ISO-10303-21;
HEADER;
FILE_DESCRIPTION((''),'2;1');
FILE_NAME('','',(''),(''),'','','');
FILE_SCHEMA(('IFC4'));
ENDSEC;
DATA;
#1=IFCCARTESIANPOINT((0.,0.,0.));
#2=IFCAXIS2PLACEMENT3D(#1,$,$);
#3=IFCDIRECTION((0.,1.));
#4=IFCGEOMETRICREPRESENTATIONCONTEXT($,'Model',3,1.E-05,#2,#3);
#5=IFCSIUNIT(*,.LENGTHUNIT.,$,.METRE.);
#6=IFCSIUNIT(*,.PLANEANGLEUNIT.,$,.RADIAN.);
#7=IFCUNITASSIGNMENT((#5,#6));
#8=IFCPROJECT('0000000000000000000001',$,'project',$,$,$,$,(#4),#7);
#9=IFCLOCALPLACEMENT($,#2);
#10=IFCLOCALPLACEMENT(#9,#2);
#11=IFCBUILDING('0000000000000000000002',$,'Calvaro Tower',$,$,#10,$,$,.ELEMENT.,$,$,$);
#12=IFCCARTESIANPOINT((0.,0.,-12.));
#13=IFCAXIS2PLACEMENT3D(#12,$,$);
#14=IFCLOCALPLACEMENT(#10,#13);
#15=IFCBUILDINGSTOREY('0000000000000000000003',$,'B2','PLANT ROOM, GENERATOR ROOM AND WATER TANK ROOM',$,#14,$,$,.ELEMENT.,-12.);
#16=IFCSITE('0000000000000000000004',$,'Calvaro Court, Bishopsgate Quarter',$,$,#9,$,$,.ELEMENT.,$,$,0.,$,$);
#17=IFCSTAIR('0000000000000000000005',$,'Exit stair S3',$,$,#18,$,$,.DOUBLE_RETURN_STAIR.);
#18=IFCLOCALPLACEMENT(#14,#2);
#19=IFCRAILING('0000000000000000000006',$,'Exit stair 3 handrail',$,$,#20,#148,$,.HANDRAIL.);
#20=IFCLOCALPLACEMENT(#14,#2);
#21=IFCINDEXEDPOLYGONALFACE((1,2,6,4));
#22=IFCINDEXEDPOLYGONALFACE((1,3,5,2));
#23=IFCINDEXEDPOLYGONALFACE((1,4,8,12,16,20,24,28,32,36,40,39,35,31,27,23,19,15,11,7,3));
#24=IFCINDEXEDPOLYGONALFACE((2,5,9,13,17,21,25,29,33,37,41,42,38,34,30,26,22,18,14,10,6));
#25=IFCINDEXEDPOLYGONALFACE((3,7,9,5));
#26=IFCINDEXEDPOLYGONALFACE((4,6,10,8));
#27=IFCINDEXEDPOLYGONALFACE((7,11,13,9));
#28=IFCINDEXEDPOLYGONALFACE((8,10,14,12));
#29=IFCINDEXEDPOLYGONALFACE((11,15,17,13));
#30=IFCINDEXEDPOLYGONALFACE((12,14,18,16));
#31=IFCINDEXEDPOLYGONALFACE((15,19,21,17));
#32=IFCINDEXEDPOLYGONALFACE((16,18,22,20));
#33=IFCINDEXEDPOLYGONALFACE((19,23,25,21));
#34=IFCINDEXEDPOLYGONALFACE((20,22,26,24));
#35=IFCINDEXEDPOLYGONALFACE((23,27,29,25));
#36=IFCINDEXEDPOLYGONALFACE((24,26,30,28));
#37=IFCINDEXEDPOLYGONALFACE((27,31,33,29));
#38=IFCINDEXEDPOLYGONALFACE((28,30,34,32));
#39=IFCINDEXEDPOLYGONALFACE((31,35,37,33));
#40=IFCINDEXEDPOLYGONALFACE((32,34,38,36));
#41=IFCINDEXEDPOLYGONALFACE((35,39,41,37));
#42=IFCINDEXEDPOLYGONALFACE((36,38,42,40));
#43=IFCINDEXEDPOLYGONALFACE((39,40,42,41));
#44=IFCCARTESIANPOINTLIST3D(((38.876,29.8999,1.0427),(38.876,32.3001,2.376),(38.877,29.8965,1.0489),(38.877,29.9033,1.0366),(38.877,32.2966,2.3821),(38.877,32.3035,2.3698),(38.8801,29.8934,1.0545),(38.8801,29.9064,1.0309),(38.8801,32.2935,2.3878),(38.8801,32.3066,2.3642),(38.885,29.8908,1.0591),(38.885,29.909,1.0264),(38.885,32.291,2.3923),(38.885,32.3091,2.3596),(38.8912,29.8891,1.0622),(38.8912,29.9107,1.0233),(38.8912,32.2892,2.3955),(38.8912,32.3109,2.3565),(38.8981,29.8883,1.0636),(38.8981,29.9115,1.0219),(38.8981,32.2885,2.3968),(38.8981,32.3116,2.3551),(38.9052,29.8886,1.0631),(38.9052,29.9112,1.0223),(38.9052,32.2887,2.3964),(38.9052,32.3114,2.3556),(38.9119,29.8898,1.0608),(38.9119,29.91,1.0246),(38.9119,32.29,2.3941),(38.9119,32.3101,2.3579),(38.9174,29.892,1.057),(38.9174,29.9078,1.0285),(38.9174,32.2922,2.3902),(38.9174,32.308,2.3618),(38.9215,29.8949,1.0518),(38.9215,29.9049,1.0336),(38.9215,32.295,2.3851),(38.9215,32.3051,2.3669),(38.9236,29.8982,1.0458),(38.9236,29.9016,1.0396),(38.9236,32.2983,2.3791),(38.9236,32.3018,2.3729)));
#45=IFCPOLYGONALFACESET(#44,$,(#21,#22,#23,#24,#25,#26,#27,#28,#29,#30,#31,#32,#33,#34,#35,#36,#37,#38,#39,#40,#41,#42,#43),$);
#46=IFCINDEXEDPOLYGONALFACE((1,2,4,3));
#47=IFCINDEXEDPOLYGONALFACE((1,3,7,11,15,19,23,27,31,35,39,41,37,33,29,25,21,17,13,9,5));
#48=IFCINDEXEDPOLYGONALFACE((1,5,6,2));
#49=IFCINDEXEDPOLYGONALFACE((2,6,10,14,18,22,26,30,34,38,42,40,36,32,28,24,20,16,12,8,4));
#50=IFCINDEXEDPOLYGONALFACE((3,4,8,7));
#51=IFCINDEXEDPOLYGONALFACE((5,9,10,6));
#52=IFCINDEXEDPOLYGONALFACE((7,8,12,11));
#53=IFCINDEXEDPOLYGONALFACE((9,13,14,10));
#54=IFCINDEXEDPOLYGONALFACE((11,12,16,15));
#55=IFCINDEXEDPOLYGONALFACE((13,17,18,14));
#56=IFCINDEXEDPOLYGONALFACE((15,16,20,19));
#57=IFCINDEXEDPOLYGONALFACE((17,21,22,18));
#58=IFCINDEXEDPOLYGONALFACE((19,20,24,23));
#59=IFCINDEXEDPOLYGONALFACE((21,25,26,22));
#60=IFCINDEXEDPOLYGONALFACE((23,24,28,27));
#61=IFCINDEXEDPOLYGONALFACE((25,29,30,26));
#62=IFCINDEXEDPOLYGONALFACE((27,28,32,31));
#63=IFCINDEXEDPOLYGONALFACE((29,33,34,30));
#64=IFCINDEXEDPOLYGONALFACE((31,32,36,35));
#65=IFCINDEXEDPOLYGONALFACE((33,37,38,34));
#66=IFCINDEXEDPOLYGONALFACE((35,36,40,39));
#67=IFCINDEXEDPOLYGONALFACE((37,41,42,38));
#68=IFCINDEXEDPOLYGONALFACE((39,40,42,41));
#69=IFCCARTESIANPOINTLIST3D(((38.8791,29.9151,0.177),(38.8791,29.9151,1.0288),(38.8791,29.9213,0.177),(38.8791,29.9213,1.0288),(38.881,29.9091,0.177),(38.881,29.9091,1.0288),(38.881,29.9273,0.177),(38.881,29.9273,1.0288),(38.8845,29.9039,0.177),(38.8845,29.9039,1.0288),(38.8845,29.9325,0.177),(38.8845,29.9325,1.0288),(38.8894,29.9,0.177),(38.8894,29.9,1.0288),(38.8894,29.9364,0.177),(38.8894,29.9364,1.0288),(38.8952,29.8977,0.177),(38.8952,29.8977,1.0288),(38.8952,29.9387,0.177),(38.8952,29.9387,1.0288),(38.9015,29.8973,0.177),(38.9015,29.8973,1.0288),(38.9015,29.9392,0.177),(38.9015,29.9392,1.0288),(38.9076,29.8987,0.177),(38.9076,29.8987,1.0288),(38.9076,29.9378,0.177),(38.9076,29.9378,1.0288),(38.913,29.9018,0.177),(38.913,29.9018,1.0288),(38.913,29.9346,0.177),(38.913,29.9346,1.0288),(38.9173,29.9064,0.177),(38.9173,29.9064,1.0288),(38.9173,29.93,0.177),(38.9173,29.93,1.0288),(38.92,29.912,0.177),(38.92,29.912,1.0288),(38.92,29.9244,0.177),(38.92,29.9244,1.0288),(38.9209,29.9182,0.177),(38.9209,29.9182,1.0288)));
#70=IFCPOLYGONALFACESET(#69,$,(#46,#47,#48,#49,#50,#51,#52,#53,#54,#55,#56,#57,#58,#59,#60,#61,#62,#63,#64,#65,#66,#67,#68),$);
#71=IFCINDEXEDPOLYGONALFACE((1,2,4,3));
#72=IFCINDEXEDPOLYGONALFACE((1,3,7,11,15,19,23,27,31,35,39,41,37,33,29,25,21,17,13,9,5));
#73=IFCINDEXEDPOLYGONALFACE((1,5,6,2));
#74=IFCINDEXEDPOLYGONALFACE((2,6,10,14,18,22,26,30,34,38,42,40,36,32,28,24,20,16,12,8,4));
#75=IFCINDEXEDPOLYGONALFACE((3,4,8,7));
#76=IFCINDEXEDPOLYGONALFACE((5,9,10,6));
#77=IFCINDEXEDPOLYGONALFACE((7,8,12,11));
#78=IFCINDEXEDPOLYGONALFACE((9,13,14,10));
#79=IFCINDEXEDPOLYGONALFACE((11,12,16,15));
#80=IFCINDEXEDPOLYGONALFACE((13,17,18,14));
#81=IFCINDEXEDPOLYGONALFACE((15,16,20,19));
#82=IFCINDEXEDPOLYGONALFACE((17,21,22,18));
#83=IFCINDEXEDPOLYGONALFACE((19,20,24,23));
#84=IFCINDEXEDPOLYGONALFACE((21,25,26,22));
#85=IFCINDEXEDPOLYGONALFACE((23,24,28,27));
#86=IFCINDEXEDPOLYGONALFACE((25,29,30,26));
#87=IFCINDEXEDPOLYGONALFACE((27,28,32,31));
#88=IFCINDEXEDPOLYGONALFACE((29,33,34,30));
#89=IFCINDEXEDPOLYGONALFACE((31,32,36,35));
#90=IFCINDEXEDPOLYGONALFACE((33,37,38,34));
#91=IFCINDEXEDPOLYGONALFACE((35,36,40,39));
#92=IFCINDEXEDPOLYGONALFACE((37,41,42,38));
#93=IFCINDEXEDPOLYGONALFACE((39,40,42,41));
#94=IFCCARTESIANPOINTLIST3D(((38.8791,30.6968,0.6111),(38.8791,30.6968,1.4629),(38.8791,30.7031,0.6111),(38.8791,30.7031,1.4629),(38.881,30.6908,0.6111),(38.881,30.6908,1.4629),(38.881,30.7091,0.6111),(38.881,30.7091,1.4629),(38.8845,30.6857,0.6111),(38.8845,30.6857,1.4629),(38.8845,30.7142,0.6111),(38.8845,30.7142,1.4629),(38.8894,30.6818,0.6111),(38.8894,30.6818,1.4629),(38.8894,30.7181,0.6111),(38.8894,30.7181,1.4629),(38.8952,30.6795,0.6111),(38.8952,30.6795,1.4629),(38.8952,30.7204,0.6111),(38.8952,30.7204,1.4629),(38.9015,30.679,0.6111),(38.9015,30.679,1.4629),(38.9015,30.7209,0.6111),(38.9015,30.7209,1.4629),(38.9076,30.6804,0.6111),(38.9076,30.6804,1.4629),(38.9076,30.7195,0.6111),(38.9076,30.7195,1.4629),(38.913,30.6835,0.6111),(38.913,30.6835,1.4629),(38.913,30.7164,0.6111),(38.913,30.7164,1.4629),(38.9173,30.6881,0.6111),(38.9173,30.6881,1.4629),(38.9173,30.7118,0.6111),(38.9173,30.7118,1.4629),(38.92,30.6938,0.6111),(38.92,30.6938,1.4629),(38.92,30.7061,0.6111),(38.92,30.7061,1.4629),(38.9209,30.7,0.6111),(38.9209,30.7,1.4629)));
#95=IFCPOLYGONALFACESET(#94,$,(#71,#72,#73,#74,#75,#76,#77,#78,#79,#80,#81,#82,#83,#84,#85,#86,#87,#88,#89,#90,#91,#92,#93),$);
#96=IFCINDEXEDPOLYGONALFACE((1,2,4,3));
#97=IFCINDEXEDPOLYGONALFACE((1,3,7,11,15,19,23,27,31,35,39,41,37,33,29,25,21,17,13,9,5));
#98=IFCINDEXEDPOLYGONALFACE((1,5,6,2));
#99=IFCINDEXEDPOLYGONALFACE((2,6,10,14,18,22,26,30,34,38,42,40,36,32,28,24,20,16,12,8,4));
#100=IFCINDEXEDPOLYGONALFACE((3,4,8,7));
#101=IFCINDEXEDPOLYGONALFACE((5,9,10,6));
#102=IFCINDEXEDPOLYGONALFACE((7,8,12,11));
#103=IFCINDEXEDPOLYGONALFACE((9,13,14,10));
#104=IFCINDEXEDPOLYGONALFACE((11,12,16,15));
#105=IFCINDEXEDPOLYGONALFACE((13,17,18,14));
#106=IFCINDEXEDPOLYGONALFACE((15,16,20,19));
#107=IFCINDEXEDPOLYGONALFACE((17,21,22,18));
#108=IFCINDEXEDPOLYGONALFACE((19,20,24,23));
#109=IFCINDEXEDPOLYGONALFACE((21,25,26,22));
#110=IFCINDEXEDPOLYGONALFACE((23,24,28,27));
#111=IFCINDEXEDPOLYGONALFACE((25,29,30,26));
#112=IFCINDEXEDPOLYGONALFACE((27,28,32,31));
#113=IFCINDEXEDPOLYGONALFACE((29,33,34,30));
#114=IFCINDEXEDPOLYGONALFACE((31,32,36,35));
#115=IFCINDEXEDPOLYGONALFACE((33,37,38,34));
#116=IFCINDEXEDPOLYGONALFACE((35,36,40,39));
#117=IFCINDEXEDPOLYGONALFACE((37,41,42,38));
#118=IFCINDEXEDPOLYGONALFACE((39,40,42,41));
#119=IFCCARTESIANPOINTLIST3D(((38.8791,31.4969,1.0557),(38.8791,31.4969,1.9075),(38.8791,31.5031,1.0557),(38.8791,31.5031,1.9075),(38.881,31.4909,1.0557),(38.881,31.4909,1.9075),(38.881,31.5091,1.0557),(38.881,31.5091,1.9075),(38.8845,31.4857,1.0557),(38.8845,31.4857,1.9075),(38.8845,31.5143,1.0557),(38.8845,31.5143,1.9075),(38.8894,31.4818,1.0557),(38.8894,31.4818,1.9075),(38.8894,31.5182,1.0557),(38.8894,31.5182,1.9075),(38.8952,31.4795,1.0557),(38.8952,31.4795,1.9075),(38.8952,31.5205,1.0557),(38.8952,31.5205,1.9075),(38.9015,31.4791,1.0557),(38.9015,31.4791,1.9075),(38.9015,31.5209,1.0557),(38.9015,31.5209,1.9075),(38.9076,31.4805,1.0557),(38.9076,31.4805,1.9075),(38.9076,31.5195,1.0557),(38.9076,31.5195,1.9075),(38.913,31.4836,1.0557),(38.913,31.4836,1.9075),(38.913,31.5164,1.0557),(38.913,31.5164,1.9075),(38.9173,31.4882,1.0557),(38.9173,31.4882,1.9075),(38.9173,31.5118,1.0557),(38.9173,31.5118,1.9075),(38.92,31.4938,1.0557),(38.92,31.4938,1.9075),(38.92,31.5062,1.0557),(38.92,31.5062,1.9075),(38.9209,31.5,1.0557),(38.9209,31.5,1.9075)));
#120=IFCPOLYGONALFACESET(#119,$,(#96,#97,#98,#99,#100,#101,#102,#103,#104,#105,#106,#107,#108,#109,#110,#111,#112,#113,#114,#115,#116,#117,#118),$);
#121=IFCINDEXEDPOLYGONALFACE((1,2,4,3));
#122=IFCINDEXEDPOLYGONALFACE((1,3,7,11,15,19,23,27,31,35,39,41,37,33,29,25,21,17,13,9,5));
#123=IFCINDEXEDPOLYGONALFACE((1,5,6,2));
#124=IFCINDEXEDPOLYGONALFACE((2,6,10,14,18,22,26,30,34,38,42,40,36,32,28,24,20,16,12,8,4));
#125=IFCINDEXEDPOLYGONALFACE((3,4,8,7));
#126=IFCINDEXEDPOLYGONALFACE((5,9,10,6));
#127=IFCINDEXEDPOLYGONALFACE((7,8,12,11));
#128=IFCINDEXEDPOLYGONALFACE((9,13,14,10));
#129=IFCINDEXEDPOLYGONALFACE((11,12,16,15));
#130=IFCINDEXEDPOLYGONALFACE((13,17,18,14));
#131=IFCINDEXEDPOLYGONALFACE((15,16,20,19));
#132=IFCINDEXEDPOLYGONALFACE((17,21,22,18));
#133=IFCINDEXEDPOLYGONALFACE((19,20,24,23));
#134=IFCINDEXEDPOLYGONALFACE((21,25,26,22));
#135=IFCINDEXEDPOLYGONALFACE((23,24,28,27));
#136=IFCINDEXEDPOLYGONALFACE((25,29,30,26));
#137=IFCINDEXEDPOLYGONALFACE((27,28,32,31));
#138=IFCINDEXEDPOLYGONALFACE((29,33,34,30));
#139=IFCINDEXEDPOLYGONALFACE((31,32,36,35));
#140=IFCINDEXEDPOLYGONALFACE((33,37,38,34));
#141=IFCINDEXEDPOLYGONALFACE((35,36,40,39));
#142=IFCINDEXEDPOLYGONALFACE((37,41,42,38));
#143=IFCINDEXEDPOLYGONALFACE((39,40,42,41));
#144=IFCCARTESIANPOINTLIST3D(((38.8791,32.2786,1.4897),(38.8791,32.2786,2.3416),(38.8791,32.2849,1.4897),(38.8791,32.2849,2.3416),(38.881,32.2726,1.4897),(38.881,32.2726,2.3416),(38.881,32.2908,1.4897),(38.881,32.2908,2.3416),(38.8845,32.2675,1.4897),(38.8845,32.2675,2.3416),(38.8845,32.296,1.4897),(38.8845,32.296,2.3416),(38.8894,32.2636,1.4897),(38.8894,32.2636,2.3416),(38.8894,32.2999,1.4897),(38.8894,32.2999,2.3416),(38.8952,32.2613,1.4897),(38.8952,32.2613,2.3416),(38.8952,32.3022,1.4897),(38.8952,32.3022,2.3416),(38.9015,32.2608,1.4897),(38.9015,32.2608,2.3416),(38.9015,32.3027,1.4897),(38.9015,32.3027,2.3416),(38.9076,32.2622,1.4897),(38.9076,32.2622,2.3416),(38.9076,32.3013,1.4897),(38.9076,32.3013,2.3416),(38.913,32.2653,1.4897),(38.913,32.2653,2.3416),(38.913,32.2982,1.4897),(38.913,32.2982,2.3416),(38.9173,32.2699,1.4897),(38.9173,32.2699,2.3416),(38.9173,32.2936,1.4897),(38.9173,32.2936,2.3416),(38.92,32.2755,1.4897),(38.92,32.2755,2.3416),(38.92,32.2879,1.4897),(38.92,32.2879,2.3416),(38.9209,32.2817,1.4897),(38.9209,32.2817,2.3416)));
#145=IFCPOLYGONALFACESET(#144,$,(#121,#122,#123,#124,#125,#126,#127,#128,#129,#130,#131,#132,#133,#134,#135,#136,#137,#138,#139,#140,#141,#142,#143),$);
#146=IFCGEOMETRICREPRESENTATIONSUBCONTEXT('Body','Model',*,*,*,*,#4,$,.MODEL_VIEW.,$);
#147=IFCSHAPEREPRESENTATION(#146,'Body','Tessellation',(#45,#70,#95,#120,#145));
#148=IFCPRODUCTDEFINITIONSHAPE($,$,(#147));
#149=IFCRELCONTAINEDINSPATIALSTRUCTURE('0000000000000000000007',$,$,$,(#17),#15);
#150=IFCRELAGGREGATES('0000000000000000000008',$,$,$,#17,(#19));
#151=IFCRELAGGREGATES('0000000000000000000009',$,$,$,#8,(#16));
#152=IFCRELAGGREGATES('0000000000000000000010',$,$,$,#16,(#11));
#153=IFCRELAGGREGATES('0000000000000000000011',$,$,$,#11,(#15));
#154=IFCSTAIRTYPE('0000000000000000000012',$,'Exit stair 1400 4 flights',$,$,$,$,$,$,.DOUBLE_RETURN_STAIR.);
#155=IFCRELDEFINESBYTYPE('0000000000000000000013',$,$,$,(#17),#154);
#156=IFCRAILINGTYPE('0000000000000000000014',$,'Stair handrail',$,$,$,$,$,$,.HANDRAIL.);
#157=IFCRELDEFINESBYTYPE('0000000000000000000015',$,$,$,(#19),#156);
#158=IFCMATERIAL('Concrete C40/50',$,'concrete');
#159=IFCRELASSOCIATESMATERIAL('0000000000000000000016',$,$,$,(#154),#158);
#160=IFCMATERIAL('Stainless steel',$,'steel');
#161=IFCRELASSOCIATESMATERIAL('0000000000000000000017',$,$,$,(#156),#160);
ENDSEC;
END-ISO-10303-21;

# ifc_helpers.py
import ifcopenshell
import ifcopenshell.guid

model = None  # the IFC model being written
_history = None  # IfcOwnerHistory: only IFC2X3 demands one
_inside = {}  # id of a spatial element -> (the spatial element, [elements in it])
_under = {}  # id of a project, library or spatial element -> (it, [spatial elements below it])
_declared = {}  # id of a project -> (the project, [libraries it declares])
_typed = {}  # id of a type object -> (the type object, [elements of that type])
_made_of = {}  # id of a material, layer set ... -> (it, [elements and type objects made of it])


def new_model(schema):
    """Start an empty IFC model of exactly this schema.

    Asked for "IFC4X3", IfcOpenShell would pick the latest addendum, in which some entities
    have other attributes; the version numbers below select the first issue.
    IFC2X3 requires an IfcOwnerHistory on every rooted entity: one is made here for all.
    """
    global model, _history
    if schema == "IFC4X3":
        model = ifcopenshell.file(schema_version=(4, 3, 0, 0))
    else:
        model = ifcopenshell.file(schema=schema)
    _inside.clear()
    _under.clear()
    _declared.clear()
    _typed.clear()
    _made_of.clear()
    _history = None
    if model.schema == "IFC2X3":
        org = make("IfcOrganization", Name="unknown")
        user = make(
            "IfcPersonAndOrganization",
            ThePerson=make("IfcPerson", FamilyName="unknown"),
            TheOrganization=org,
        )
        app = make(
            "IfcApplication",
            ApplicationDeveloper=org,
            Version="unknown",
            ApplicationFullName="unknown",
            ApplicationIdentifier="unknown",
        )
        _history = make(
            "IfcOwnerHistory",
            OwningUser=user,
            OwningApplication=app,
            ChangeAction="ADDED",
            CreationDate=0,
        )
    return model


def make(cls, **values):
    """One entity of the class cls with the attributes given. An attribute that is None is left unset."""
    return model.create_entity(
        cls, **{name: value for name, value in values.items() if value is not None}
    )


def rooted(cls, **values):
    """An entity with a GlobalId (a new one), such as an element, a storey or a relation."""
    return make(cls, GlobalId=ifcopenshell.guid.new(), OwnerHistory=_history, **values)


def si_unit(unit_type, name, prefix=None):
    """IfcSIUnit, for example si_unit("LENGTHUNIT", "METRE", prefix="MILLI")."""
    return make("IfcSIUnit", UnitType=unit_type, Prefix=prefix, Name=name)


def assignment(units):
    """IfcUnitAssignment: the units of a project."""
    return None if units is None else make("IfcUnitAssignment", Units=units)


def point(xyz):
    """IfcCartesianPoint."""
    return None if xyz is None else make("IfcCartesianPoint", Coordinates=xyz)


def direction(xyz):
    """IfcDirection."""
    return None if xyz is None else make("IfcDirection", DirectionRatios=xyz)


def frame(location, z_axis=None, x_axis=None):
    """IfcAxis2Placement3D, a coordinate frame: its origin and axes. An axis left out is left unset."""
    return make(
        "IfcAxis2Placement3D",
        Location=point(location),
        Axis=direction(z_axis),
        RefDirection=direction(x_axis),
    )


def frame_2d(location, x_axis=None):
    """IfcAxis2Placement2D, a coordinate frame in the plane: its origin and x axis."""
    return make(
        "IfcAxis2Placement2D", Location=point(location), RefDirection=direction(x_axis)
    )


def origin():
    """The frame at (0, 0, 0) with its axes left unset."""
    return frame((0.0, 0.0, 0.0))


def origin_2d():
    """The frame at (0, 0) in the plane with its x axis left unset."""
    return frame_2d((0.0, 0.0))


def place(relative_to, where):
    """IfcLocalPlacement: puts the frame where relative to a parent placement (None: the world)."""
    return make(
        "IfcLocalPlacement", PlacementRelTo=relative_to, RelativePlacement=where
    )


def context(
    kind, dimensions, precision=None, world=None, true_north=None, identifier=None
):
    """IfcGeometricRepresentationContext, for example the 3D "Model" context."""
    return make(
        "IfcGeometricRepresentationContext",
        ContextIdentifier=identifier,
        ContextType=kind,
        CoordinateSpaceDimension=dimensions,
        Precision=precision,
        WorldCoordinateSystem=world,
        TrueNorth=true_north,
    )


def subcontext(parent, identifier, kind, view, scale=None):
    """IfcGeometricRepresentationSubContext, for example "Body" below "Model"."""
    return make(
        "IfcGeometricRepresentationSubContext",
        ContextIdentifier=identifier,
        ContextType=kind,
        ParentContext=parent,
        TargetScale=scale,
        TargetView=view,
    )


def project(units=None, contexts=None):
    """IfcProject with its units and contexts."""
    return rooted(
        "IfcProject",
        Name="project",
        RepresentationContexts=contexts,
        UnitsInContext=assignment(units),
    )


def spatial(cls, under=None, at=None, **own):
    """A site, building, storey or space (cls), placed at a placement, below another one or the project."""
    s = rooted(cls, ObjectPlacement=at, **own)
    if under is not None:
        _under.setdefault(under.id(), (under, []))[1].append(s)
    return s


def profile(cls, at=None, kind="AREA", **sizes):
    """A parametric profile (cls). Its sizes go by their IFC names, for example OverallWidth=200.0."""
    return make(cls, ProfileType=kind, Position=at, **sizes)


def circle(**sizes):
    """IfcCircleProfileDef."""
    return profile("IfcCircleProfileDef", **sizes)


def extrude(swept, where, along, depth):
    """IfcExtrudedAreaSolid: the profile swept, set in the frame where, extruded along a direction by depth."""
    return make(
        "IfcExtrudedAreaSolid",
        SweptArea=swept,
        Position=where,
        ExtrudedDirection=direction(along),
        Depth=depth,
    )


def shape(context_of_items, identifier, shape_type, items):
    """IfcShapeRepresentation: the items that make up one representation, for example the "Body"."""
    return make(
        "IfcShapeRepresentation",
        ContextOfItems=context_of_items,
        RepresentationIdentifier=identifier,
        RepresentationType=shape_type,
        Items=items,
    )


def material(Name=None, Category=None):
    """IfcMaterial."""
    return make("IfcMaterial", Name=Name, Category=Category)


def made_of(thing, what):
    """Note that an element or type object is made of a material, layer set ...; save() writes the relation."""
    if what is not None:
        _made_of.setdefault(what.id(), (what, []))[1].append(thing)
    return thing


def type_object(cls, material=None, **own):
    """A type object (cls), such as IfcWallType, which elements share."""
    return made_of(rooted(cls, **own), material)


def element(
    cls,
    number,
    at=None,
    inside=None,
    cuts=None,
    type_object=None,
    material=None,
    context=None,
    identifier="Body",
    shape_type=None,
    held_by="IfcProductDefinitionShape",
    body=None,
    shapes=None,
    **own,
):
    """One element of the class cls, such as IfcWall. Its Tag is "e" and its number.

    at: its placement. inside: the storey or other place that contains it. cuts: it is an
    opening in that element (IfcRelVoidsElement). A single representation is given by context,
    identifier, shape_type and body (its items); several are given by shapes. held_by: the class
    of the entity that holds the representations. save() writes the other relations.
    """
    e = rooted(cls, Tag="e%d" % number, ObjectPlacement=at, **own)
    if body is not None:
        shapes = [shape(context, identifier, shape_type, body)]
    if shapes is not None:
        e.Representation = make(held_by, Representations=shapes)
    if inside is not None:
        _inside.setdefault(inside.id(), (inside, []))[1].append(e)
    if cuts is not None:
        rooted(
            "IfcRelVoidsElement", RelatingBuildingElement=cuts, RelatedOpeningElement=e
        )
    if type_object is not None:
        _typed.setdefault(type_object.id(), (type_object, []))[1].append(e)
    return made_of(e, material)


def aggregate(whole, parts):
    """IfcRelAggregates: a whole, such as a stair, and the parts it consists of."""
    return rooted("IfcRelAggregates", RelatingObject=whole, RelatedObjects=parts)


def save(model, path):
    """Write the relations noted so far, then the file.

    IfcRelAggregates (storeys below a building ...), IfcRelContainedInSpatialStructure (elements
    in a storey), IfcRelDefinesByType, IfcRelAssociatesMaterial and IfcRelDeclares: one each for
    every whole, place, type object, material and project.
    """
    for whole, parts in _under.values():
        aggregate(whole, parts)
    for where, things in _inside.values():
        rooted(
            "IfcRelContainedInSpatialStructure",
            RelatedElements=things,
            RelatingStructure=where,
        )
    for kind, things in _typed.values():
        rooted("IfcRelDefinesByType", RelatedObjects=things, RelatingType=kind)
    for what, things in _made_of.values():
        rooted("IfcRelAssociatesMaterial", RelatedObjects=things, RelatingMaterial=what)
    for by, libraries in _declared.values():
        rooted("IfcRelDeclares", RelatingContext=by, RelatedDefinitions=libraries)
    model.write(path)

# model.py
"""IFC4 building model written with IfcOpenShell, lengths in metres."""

from ifc_helpers import new_model, si_unit, direction, frame, origin, origin_2d, place, context, subcontext, project, spatial, circle, extrude, material, type_object, element, aggregate, save


model = new_model("IFC4")

# Units and contexts
model_context = context("Model", 3, precision=1e-05, world=origin(), true_north=direction((0.0, 1.0)))
body_context = subcontext(model_context, "Body", "Model", "MODEL_VIEW")
ifc_project = project(units=[si_unit("LENGTHUNIT", "METRE"), si_unit("PLANEANGLEUNIT", "RADIAN")], contexts=[model_context])

# Site, building, storey
site_placement = place(None, origin())
site = spatial("IfcSite", under=ifc_project, at=site_placement, Name="Calvaro Court, Bishopsgate Quarter", CompositionType="ELEMENT", RefElevation=0.0)
building_placement = place(site_placement, origin())
building = spatial("IfcBuilding", under=site, at=building_placement, Name="Calvaro Tower", CompositionType="ELEMENT")
storey_placement = place(building_placement, frame((0.0, 0.0, -12.0)))
storey = spatial("IfcBuildingStorey", under=building, at=storey_placement, Name="B2", Description="PLANT ROOM, GENERATOR ROOM AND WATER TANK ROOM", CompositionType="ELEMENT", Elevation=-12.0)

# Stair, railing
ifc_material_1 = material(Name="Concrete C40/50", Category="concrete")
stair_type = type_object("IfcStairType", Name="Exit stair 1400 4 flights", PredefinedType="DOUBLE_RETURN_STAIR", material=ifc_material_1)
stair_1_placement = place(storey_placement, origin())
stair_1 = element("IfcStair", 1, at=stair_1_placement, inside=storey, type_object=stair_type, Name="Exit stair S3", PredefinedType="DOUBLE_RETURN_STAIR")
ifc_material_2 = material(Name="Stainless steel", Category="steel")
railing_type = type_object("IfcRailingType", Name="Stair handrail", PredefinedType="HANDRAIL", material=ifc_material_2)
railing_1_placement = place(storey_placement, frame((38.8999, 29.8999, 0.1667)))
railing_1 = element("IfcRailing", 2, at=railing_1_placement, type_object=railing_type, Name="Exit stair 3 handrail", PredefinedType="HANDRAIL", context=body_context, shape_type="SweptSolid", body=[
    extrude(circle(Radius=0.0239, at=origin_2d()), frame((0.0, 0.0, 0.876), z_axis=(0.0, 0.874182, 0.485598), x_axis=(-1.0, 0.0, 0.0)), (0.0, 0.0, 1.0), 2.7456),
    extrude(circle(Radius=0.021, at=origin_2d()), frame((0.0, 0.0183, 0.0103)), (0.0, 0.0, 1.0), 0.8518),
    extrude(circle(Radius=0.021, at=origin_2d()), frame((0.0, 0.8, 0.4443)), (0.0, 0.0, 1.0), 0.8518),
    extrude(circle(Radius=0.021, at=origin_2d()), frame((0.0, 1.6001, 0.8889)), (0.0, 0.0, 1.0), 0.8518),
    extrude(circle(Radius=0.021, at=origin_2d()), frame((0.0, 2.3818, 1.323)), (0.0, 0.0, 1.0), 0.8518),
])
aggregate(stair_1, [railing_1])

save(model, "model.ifc")
